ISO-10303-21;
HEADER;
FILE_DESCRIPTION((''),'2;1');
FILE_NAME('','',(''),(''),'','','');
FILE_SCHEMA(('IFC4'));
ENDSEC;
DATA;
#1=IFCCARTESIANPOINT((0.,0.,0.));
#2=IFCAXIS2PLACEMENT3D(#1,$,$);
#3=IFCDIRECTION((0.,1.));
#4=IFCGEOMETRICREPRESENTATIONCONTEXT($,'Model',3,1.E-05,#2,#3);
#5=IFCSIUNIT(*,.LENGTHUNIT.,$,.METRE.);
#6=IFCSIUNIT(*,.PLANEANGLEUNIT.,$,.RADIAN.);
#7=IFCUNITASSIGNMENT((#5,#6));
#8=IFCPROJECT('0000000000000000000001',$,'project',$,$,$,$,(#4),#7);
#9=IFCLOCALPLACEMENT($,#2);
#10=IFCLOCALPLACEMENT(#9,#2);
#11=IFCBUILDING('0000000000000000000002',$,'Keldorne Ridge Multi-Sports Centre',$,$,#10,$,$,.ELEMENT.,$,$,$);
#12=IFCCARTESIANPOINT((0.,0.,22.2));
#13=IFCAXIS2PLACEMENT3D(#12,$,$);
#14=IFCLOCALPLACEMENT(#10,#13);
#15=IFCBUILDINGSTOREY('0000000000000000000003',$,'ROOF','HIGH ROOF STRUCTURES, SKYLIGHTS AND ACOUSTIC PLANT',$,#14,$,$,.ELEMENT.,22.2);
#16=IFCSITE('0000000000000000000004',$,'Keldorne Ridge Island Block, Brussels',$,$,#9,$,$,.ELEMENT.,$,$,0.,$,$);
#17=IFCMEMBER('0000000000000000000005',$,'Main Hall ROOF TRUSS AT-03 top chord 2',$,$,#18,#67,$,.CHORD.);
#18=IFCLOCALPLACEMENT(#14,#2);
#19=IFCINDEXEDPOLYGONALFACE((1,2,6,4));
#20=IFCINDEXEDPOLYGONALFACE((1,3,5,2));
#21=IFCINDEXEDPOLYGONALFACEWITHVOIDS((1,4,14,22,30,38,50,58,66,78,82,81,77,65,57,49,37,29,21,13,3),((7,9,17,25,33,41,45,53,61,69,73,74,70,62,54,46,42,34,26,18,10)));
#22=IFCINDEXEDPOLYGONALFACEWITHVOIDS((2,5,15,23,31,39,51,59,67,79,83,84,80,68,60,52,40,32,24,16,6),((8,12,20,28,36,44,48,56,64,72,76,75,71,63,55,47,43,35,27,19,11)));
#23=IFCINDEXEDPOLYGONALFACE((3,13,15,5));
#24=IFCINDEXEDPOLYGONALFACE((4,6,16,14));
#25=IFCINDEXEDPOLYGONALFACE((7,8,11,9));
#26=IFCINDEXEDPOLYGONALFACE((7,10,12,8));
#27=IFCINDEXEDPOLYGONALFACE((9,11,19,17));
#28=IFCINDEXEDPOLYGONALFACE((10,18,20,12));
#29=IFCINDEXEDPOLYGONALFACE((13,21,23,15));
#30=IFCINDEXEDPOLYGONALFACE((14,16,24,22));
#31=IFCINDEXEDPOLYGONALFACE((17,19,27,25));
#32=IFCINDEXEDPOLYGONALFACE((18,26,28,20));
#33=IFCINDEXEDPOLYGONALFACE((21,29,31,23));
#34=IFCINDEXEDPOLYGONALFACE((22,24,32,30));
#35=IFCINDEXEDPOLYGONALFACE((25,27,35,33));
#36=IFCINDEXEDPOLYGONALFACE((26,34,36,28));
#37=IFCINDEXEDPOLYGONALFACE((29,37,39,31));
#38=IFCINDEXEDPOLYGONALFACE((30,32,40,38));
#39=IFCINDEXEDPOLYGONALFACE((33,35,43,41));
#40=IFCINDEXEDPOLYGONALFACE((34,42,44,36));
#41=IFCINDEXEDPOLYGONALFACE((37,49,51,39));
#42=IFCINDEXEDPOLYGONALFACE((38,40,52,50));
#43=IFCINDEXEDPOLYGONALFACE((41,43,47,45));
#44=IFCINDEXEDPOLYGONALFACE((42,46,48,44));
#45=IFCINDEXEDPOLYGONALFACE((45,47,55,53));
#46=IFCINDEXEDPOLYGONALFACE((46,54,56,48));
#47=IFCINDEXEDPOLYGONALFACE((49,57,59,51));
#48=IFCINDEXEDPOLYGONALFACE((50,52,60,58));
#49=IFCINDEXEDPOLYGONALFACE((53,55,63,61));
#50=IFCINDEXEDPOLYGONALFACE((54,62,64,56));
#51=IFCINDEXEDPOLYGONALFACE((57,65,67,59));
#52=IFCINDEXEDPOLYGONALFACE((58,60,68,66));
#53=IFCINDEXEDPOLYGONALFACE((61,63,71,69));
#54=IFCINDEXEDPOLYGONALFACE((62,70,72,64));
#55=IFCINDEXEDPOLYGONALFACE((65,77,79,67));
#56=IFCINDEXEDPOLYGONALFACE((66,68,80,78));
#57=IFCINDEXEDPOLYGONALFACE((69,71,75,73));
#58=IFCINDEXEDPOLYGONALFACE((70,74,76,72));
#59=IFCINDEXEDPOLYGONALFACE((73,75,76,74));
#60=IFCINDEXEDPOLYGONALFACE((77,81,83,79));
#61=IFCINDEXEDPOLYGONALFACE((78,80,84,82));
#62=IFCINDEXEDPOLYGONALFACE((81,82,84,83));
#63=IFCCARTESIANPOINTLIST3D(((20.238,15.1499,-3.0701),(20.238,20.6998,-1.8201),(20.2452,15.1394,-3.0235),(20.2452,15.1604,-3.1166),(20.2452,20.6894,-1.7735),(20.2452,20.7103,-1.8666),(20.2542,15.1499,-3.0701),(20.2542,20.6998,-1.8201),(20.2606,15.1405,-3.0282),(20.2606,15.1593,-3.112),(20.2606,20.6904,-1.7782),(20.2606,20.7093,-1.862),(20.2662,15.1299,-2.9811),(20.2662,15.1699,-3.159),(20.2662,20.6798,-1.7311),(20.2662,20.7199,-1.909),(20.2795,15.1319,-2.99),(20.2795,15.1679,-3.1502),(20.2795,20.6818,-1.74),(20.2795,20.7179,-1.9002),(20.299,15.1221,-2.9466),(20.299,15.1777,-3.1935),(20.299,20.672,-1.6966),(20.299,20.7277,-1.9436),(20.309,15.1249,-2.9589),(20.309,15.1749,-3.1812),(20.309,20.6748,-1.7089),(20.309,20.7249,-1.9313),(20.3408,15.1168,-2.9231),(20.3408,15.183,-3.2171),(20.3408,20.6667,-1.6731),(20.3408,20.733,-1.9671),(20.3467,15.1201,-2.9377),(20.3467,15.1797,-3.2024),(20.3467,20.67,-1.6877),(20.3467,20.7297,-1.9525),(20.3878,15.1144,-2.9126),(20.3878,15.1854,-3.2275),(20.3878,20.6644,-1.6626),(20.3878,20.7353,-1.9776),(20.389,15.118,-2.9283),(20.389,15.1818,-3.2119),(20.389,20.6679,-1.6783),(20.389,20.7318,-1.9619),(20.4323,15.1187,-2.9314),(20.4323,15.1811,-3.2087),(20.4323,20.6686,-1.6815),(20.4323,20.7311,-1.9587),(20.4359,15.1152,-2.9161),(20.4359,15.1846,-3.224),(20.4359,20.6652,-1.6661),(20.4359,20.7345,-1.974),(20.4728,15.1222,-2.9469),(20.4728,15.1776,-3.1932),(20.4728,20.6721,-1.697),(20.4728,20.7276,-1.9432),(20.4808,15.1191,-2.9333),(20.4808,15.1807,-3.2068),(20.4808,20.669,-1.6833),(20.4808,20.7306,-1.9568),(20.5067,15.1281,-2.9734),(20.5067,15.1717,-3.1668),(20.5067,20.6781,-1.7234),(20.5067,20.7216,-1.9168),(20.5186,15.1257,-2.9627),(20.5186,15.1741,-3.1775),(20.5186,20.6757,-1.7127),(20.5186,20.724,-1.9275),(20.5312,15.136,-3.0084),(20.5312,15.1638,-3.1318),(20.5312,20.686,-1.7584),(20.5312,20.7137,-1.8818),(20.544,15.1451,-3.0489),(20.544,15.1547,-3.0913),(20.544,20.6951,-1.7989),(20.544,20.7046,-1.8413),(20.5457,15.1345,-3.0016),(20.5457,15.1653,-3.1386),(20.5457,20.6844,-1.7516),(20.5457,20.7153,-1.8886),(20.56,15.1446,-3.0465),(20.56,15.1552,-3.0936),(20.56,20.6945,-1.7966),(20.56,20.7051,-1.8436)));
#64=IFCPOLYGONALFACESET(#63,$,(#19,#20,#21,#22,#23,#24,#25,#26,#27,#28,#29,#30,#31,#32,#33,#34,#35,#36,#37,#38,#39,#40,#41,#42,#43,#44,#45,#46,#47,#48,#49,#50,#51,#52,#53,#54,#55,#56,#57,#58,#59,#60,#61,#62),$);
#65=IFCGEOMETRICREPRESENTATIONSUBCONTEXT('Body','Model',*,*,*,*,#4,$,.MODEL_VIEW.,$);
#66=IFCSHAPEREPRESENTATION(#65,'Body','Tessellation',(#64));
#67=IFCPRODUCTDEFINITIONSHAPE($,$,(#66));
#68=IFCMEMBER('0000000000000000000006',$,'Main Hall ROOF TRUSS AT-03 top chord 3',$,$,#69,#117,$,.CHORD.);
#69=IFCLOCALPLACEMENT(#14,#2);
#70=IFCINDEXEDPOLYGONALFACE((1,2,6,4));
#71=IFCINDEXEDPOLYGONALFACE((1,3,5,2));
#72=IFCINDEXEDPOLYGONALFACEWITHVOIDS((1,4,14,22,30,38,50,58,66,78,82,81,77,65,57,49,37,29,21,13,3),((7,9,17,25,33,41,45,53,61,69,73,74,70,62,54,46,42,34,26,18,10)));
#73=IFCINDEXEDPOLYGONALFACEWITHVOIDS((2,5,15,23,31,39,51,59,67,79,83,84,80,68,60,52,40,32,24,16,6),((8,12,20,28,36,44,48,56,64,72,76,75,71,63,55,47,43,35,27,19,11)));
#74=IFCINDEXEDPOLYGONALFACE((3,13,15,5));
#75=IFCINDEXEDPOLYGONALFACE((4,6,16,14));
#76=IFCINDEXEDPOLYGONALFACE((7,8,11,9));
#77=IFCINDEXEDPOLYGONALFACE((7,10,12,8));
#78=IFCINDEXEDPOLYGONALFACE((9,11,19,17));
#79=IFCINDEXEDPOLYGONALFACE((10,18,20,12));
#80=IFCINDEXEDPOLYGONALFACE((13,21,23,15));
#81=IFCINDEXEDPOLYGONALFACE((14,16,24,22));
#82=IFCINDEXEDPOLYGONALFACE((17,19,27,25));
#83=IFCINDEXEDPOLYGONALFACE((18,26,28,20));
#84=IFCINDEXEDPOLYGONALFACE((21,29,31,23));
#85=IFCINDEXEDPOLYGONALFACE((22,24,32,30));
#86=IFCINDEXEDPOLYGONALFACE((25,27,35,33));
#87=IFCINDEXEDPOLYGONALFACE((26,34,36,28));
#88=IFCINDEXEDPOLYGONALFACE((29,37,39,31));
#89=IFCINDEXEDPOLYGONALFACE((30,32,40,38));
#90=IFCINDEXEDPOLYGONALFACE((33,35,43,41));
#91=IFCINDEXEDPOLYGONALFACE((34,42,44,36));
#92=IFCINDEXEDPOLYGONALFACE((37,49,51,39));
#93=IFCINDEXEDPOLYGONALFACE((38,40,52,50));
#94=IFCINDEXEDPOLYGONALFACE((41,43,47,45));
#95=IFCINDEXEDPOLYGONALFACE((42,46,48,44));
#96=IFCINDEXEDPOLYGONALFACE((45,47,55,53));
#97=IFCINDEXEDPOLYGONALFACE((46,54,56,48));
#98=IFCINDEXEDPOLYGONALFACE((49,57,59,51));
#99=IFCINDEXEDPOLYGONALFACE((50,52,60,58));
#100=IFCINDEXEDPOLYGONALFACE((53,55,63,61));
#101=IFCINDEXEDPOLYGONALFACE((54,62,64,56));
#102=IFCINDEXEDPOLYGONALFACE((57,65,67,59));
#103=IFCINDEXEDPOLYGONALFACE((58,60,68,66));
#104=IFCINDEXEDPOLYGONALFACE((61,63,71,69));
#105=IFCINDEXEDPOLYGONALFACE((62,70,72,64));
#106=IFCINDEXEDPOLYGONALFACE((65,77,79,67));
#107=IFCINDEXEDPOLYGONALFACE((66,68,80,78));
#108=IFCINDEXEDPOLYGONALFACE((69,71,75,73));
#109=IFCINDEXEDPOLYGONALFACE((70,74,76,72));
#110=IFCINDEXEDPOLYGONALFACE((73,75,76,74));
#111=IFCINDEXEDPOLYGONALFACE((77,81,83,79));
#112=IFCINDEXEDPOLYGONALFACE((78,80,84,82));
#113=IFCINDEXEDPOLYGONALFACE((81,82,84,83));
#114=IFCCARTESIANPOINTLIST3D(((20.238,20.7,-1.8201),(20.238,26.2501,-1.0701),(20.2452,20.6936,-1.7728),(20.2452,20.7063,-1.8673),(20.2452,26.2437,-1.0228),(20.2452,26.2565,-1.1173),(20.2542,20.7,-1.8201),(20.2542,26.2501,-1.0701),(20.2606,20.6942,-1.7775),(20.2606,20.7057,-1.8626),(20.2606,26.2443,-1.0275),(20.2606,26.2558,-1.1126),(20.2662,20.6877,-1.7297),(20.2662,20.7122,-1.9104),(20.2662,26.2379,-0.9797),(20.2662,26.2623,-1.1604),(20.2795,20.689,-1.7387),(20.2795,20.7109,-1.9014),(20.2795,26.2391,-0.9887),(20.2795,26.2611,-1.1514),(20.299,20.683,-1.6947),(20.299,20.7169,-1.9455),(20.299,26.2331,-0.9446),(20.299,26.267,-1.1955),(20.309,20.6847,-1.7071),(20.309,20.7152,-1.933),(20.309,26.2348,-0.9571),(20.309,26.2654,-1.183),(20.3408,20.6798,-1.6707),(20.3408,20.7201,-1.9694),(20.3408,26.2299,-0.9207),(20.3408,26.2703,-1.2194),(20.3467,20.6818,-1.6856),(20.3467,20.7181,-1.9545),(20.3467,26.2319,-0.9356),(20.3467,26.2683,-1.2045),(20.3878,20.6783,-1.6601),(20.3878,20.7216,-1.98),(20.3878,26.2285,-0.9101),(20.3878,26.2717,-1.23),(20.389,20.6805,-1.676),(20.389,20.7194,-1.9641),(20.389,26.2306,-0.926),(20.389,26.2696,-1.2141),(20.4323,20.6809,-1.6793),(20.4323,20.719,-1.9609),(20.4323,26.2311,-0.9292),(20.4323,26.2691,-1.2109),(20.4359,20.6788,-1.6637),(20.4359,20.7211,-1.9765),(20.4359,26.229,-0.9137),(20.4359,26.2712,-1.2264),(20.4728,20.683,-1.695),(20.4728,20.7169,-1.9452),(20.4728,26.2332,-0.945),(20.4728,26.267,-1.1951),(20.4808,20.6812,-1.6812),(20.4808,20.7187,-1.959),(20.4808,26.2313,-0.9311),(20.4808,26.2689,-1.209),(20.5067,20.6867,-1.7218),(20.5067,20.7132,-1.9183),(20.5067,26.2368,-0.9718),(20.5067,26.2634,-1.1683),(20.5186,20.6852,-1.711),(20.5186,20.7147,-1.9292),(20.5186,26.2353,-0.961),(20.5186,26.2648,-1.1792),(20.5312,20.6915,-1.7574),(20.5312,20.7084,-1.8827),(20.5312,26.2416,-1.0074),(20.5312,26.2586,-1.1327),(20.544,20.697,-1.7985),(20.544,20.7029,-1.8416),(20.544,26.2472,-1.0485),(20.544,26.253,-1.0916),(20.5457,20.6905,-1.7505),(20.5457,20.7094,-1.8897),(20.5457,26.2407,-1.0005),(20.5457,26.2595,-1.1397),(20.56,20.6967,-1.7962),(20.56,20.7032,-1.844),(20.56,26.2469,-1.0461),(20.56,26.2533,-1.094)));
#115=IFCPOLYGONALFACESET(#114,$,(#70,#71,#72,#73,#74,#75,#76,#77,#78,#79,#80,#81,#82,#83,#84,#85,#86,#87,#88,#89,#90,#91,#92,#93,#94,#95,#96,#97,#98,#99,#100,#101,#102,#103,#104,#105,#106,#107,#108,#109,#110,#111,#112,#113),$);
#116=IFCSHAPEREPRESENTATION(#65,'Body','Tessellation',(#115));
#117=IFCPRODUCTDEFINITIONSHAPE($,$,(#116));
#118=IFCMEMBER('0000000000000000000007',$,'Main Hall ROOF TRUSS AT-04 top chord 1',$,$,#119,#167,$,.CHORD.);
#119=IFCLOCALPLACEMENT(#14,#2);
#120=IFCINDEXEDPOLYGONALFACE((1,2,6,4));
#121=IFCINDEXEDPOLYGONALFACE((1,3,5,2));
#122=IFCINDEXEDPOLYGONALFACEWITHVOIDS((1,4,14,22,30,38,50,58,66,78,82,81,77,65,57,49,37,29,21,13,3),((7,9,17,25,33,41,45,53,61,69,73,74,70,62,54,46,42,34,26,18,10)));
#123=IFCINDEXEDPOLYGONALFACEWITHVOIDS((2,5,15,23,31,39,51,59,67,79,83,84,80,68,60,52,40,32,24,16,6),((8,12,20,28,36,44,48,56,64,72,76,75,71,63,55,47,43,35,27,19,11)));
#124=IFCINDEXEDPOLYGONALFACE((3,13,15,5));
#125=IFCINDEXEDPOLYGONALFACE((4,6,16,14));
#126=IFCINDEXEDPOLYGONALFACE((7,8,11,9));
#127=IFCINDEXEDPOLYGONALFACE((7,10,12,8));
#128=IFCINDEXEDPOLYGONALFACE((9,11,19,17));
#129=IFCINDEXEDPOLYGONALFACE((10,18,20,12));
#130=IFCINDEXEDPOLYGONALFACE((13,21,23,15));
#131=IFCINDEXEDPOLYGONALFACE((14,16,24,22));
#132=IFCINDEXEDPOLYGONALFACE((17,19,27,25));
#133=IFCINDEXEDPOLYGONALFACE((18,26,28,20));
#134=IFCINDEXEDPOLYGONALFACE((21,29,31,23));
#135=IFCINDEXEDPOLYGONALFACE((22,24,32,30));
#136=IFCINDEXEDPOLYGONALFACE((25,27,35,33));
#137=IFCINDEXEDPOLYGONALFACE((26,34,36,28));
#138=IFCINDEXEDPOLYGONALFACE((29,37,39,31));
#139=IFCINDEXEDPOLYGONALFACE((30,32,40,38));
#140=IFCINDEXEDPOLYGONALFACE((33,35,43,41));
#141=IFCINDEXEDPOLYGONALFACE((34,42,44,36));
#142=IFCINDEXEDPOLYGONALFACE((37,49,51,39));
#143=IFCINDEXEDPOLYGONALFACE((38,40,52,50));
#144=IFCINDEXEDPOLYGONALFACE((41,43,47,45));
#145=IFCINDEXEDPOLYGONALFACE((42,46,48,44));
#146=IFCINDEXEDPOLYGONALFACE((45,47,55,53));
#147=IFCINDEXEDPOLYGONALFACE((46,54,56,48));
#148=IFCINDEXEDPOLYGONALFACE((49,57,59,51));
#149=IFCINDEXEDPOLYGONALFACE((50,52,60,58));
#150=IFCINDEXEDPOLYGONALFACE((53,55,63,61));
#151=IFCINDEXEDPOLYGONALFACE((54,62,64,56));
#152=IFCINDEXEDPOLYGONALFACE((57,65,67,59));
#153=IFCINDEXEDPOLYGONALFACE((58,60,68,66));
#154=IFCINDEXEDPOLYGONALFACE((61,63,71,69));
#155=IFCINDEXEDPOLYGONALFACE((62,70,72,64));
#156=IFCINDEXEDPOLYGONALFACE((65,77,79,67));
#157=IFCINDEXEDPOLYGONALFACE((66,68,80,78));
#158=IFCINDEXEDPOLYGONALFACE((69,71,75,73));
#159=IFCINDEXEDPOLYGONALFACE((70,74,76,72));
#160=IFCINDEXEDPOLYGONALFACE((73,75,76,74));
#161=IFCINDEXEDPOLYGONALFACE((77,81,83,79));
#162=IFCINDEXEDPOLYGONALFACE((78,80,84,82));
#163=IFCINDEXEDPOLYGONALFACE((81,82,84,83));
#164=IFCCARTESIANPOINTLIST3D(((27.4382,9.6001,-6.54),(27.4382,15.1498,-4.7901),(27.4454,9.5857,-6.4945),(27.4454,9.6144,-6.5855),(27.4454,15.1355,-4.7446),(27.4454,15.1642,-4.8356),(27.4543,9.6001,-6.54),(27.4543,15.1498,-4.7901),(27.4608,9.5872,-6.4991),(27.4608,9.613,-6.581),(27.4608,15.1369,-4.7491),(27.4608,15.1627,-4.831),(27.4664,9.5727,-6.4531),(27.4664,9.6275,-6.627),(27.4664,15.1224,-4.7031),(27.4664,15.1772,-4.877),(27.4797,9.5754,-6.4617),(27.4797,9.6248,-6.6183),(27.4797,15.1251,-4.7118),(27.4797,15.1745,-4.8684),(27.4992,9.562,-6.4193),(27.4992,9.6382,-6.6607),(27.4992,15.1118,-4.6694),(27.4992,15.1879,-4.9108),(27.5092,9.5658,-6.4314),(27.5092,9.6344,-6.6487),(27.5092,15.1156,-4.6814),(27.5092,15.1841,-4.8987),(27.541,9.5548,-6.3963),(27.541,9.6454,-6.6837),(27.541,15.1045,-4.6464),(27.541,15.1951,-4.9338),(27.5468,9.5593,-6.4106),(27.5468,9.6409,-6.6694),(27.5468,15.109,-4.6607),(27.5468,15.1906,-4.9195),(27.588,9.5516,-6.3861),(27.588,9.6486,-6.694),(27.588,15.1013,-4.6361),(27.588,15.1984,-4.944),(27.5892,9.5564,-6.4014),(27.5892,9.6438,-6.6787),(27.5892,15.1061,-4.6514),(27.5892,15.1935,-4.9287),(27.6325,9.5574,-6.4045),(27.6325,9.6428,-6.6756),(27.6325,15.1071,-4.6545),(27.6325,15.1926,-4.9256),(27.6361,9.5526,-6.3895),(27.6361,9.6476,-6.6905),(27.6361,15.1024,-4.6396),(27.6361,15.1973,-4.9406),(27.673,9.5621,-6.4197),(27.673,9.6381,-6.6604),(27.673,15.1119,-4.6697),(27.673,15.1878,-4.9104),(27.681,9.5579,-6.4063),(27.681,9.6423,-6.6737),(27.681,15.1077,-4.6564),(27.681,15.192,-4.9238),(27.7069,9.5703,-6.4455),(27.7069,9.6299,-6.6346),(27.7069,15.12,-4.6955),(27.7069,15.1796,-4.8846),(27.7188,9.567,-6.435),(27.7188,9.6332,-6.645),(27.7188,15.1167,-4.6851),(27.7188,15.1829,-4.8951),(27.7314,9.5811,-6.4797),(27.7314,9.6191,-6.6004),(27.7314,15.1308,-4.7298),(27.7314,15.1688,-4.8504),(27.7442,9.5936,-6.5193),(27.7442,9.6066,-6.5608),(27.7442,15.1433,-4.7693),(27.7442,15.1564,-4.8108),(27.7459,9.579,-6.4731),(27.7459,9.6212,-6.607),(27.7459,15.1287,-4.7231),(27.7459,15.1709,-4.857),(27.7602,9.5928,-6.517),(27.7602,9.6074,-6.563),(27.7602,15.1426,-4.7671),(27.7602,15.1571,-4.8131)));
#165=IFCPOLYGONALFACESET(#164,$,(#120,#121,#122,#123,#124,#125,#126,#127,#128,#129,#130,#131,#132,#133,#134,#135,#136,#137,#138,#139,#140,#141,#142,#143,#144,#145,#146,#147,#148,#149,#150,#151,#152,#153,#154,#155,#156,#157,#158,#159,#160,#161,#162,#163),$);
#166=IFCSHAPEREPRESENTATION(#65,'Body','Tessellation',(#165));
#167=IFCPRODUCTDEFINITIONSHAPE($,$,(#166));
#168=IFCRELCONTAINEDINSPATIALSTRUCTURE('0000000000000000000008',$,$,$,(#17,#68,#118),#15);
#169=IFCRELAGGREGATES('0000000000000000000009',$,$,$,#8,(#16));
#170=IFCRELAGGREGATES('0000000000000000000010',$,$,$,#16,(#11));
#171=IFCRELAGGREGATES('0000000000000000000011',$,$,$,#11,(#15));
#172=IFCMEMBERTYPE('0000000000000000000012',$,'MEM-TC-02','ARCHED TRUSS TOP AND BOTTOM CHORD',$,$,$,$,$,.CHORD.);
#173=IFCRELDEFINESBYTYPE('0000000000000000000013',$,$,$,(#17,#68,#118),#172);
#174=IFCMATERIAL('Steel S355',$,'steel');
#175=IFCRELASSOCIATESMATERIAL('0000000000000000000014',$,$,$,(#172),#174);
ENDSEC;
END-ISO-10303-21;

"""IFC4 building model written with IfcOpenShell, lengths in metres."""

from ifc_helpers import new_model, si_unit, direction, frame, origin, origin_2d, place, context, subcontext, project, spatial, hollow_circle, extrude, material, material_profile, profile_set, type_object, element, save


model = new_model("IFC4")

# Units and contexts
model_context = context("Model", 3, precision=1e-05, world=origin(), true_north=direction((0.0, 1.0)))
body_context = subcontext(model_context, "Body", "Model", "MODEL_VIEW")
ifc_project = project(units=[si_unit("LENGTHUNIT", "METRE"), si_unit("PLANEANGLEUNIT", "RADIAN")], contexts=[model_context])

# Site, building, storey
site_placement = place(None, origin())
site = spatial("IfcSite", under=ifc_project, at=site_placement, Name="Keldorne Ridge Island Block, Brussels", CompositionType="ELEMENT", RefElevation=0.0)
building_placement = place(site_placement, origin())
building = spatial("IfcBuilding", under=site, at=building_placement, Name="Keldorne Ridge Multi-Sports Centre", CompositionType="ELEMENT")
storey_placement = place(building_placement, frame((0.0, 0.0, 22.2)))
storey = spatial("IfcBuildingStorey", under=building, at=storey_placement, Name="ROOF", Description="HIGH ROOF STRUCTURES, SKYLIGHTS AND ACOUSTIC PLANT", CompositionType="ELEMENT", Elevation=22.2)

# Members
ifc_material = material(Name="Steel S355", Category="steel")
ifc_material_profile_1 = material_profile(ifc_material, hollow_circle(Radius=0.1619, WallThickness=0.0161, at=origin_2d()), Name="CHS 323.9x16")
ifc_profile_set_1 = profile_set([ifc_material_profile_1], Name="Steel S355")
member_type_1 = type_object("IfcMemberType", Name="MEM-TC-02", Description="ARCHED TRUSS TOP AND BOTTOM CHORD", PredefinedType="CHORD", material=ifc_profile_set_1)
member_1_placement = place(storey_placement, frame((20.3999, 15.1499, -3.0701), z_axis=(0.0, 0.975563, 0.219719), x_axis=(-1.0, 0.0, 0.0)))
element("IfcMember", 1, at=member_1_placement, inside=storey, type_object=member_type_1, Name="Main Hall ROOF TRUSS AT-03 top chord 2", PredefinedType="CHORD", context=body_context, shape_type="SweptSolid", body=[
    extrude(hollow_circle(Radius=0.1619, WallThickness=0.0161, at=origin_2d()), origin(), (0.0, 0.0, 1.0), 5.689),
])
member_2_placement = place(storey_placement, frame((20.3999, 20.7, -1.8201), z_axis=(0.0, 0.990993, 0.133917), x_axis=(-1.0, 0.0, 0.0)))
element("IfcMember", 2, at=member_2_placement, inside=storey, type_object=member_type_1, Name="Main Hall ROOF TRUSS AT-03 top chord 3", PredefinedType="CHORD", context=body_context, shape_type="SweptSolid", body=[
    extrude(hollow_circle(Radius=0.1619, WallThickness=0.0161, at=origin_2d()), origin(), (0.0, 0.0, 1.0), 5.6006),
])
member_3_placement = place(storey_placement, frame((27.6001, 9.6001, -6.54), z_axis=(0.0, 0.953709, 0.30073), x_axis=(-1.0, 0.0, 0.0)))
element("IfcMember", 3, at=member_3_placement, inside=storey, type_object=member_type_1, Name="Main Hall ROOF TRUSS AT-04 top chord 1", PredefinedType="CHORD", context=body_context, shape_type="SweptSolid", body=[
    extrude(hollow_circle(Radius=0.1619, WallThickness=0.0161, at=origin_2d()), origin(), (0.0, 0.0, 1.0), 5.8191),
])

save(model, "model.ifc")
